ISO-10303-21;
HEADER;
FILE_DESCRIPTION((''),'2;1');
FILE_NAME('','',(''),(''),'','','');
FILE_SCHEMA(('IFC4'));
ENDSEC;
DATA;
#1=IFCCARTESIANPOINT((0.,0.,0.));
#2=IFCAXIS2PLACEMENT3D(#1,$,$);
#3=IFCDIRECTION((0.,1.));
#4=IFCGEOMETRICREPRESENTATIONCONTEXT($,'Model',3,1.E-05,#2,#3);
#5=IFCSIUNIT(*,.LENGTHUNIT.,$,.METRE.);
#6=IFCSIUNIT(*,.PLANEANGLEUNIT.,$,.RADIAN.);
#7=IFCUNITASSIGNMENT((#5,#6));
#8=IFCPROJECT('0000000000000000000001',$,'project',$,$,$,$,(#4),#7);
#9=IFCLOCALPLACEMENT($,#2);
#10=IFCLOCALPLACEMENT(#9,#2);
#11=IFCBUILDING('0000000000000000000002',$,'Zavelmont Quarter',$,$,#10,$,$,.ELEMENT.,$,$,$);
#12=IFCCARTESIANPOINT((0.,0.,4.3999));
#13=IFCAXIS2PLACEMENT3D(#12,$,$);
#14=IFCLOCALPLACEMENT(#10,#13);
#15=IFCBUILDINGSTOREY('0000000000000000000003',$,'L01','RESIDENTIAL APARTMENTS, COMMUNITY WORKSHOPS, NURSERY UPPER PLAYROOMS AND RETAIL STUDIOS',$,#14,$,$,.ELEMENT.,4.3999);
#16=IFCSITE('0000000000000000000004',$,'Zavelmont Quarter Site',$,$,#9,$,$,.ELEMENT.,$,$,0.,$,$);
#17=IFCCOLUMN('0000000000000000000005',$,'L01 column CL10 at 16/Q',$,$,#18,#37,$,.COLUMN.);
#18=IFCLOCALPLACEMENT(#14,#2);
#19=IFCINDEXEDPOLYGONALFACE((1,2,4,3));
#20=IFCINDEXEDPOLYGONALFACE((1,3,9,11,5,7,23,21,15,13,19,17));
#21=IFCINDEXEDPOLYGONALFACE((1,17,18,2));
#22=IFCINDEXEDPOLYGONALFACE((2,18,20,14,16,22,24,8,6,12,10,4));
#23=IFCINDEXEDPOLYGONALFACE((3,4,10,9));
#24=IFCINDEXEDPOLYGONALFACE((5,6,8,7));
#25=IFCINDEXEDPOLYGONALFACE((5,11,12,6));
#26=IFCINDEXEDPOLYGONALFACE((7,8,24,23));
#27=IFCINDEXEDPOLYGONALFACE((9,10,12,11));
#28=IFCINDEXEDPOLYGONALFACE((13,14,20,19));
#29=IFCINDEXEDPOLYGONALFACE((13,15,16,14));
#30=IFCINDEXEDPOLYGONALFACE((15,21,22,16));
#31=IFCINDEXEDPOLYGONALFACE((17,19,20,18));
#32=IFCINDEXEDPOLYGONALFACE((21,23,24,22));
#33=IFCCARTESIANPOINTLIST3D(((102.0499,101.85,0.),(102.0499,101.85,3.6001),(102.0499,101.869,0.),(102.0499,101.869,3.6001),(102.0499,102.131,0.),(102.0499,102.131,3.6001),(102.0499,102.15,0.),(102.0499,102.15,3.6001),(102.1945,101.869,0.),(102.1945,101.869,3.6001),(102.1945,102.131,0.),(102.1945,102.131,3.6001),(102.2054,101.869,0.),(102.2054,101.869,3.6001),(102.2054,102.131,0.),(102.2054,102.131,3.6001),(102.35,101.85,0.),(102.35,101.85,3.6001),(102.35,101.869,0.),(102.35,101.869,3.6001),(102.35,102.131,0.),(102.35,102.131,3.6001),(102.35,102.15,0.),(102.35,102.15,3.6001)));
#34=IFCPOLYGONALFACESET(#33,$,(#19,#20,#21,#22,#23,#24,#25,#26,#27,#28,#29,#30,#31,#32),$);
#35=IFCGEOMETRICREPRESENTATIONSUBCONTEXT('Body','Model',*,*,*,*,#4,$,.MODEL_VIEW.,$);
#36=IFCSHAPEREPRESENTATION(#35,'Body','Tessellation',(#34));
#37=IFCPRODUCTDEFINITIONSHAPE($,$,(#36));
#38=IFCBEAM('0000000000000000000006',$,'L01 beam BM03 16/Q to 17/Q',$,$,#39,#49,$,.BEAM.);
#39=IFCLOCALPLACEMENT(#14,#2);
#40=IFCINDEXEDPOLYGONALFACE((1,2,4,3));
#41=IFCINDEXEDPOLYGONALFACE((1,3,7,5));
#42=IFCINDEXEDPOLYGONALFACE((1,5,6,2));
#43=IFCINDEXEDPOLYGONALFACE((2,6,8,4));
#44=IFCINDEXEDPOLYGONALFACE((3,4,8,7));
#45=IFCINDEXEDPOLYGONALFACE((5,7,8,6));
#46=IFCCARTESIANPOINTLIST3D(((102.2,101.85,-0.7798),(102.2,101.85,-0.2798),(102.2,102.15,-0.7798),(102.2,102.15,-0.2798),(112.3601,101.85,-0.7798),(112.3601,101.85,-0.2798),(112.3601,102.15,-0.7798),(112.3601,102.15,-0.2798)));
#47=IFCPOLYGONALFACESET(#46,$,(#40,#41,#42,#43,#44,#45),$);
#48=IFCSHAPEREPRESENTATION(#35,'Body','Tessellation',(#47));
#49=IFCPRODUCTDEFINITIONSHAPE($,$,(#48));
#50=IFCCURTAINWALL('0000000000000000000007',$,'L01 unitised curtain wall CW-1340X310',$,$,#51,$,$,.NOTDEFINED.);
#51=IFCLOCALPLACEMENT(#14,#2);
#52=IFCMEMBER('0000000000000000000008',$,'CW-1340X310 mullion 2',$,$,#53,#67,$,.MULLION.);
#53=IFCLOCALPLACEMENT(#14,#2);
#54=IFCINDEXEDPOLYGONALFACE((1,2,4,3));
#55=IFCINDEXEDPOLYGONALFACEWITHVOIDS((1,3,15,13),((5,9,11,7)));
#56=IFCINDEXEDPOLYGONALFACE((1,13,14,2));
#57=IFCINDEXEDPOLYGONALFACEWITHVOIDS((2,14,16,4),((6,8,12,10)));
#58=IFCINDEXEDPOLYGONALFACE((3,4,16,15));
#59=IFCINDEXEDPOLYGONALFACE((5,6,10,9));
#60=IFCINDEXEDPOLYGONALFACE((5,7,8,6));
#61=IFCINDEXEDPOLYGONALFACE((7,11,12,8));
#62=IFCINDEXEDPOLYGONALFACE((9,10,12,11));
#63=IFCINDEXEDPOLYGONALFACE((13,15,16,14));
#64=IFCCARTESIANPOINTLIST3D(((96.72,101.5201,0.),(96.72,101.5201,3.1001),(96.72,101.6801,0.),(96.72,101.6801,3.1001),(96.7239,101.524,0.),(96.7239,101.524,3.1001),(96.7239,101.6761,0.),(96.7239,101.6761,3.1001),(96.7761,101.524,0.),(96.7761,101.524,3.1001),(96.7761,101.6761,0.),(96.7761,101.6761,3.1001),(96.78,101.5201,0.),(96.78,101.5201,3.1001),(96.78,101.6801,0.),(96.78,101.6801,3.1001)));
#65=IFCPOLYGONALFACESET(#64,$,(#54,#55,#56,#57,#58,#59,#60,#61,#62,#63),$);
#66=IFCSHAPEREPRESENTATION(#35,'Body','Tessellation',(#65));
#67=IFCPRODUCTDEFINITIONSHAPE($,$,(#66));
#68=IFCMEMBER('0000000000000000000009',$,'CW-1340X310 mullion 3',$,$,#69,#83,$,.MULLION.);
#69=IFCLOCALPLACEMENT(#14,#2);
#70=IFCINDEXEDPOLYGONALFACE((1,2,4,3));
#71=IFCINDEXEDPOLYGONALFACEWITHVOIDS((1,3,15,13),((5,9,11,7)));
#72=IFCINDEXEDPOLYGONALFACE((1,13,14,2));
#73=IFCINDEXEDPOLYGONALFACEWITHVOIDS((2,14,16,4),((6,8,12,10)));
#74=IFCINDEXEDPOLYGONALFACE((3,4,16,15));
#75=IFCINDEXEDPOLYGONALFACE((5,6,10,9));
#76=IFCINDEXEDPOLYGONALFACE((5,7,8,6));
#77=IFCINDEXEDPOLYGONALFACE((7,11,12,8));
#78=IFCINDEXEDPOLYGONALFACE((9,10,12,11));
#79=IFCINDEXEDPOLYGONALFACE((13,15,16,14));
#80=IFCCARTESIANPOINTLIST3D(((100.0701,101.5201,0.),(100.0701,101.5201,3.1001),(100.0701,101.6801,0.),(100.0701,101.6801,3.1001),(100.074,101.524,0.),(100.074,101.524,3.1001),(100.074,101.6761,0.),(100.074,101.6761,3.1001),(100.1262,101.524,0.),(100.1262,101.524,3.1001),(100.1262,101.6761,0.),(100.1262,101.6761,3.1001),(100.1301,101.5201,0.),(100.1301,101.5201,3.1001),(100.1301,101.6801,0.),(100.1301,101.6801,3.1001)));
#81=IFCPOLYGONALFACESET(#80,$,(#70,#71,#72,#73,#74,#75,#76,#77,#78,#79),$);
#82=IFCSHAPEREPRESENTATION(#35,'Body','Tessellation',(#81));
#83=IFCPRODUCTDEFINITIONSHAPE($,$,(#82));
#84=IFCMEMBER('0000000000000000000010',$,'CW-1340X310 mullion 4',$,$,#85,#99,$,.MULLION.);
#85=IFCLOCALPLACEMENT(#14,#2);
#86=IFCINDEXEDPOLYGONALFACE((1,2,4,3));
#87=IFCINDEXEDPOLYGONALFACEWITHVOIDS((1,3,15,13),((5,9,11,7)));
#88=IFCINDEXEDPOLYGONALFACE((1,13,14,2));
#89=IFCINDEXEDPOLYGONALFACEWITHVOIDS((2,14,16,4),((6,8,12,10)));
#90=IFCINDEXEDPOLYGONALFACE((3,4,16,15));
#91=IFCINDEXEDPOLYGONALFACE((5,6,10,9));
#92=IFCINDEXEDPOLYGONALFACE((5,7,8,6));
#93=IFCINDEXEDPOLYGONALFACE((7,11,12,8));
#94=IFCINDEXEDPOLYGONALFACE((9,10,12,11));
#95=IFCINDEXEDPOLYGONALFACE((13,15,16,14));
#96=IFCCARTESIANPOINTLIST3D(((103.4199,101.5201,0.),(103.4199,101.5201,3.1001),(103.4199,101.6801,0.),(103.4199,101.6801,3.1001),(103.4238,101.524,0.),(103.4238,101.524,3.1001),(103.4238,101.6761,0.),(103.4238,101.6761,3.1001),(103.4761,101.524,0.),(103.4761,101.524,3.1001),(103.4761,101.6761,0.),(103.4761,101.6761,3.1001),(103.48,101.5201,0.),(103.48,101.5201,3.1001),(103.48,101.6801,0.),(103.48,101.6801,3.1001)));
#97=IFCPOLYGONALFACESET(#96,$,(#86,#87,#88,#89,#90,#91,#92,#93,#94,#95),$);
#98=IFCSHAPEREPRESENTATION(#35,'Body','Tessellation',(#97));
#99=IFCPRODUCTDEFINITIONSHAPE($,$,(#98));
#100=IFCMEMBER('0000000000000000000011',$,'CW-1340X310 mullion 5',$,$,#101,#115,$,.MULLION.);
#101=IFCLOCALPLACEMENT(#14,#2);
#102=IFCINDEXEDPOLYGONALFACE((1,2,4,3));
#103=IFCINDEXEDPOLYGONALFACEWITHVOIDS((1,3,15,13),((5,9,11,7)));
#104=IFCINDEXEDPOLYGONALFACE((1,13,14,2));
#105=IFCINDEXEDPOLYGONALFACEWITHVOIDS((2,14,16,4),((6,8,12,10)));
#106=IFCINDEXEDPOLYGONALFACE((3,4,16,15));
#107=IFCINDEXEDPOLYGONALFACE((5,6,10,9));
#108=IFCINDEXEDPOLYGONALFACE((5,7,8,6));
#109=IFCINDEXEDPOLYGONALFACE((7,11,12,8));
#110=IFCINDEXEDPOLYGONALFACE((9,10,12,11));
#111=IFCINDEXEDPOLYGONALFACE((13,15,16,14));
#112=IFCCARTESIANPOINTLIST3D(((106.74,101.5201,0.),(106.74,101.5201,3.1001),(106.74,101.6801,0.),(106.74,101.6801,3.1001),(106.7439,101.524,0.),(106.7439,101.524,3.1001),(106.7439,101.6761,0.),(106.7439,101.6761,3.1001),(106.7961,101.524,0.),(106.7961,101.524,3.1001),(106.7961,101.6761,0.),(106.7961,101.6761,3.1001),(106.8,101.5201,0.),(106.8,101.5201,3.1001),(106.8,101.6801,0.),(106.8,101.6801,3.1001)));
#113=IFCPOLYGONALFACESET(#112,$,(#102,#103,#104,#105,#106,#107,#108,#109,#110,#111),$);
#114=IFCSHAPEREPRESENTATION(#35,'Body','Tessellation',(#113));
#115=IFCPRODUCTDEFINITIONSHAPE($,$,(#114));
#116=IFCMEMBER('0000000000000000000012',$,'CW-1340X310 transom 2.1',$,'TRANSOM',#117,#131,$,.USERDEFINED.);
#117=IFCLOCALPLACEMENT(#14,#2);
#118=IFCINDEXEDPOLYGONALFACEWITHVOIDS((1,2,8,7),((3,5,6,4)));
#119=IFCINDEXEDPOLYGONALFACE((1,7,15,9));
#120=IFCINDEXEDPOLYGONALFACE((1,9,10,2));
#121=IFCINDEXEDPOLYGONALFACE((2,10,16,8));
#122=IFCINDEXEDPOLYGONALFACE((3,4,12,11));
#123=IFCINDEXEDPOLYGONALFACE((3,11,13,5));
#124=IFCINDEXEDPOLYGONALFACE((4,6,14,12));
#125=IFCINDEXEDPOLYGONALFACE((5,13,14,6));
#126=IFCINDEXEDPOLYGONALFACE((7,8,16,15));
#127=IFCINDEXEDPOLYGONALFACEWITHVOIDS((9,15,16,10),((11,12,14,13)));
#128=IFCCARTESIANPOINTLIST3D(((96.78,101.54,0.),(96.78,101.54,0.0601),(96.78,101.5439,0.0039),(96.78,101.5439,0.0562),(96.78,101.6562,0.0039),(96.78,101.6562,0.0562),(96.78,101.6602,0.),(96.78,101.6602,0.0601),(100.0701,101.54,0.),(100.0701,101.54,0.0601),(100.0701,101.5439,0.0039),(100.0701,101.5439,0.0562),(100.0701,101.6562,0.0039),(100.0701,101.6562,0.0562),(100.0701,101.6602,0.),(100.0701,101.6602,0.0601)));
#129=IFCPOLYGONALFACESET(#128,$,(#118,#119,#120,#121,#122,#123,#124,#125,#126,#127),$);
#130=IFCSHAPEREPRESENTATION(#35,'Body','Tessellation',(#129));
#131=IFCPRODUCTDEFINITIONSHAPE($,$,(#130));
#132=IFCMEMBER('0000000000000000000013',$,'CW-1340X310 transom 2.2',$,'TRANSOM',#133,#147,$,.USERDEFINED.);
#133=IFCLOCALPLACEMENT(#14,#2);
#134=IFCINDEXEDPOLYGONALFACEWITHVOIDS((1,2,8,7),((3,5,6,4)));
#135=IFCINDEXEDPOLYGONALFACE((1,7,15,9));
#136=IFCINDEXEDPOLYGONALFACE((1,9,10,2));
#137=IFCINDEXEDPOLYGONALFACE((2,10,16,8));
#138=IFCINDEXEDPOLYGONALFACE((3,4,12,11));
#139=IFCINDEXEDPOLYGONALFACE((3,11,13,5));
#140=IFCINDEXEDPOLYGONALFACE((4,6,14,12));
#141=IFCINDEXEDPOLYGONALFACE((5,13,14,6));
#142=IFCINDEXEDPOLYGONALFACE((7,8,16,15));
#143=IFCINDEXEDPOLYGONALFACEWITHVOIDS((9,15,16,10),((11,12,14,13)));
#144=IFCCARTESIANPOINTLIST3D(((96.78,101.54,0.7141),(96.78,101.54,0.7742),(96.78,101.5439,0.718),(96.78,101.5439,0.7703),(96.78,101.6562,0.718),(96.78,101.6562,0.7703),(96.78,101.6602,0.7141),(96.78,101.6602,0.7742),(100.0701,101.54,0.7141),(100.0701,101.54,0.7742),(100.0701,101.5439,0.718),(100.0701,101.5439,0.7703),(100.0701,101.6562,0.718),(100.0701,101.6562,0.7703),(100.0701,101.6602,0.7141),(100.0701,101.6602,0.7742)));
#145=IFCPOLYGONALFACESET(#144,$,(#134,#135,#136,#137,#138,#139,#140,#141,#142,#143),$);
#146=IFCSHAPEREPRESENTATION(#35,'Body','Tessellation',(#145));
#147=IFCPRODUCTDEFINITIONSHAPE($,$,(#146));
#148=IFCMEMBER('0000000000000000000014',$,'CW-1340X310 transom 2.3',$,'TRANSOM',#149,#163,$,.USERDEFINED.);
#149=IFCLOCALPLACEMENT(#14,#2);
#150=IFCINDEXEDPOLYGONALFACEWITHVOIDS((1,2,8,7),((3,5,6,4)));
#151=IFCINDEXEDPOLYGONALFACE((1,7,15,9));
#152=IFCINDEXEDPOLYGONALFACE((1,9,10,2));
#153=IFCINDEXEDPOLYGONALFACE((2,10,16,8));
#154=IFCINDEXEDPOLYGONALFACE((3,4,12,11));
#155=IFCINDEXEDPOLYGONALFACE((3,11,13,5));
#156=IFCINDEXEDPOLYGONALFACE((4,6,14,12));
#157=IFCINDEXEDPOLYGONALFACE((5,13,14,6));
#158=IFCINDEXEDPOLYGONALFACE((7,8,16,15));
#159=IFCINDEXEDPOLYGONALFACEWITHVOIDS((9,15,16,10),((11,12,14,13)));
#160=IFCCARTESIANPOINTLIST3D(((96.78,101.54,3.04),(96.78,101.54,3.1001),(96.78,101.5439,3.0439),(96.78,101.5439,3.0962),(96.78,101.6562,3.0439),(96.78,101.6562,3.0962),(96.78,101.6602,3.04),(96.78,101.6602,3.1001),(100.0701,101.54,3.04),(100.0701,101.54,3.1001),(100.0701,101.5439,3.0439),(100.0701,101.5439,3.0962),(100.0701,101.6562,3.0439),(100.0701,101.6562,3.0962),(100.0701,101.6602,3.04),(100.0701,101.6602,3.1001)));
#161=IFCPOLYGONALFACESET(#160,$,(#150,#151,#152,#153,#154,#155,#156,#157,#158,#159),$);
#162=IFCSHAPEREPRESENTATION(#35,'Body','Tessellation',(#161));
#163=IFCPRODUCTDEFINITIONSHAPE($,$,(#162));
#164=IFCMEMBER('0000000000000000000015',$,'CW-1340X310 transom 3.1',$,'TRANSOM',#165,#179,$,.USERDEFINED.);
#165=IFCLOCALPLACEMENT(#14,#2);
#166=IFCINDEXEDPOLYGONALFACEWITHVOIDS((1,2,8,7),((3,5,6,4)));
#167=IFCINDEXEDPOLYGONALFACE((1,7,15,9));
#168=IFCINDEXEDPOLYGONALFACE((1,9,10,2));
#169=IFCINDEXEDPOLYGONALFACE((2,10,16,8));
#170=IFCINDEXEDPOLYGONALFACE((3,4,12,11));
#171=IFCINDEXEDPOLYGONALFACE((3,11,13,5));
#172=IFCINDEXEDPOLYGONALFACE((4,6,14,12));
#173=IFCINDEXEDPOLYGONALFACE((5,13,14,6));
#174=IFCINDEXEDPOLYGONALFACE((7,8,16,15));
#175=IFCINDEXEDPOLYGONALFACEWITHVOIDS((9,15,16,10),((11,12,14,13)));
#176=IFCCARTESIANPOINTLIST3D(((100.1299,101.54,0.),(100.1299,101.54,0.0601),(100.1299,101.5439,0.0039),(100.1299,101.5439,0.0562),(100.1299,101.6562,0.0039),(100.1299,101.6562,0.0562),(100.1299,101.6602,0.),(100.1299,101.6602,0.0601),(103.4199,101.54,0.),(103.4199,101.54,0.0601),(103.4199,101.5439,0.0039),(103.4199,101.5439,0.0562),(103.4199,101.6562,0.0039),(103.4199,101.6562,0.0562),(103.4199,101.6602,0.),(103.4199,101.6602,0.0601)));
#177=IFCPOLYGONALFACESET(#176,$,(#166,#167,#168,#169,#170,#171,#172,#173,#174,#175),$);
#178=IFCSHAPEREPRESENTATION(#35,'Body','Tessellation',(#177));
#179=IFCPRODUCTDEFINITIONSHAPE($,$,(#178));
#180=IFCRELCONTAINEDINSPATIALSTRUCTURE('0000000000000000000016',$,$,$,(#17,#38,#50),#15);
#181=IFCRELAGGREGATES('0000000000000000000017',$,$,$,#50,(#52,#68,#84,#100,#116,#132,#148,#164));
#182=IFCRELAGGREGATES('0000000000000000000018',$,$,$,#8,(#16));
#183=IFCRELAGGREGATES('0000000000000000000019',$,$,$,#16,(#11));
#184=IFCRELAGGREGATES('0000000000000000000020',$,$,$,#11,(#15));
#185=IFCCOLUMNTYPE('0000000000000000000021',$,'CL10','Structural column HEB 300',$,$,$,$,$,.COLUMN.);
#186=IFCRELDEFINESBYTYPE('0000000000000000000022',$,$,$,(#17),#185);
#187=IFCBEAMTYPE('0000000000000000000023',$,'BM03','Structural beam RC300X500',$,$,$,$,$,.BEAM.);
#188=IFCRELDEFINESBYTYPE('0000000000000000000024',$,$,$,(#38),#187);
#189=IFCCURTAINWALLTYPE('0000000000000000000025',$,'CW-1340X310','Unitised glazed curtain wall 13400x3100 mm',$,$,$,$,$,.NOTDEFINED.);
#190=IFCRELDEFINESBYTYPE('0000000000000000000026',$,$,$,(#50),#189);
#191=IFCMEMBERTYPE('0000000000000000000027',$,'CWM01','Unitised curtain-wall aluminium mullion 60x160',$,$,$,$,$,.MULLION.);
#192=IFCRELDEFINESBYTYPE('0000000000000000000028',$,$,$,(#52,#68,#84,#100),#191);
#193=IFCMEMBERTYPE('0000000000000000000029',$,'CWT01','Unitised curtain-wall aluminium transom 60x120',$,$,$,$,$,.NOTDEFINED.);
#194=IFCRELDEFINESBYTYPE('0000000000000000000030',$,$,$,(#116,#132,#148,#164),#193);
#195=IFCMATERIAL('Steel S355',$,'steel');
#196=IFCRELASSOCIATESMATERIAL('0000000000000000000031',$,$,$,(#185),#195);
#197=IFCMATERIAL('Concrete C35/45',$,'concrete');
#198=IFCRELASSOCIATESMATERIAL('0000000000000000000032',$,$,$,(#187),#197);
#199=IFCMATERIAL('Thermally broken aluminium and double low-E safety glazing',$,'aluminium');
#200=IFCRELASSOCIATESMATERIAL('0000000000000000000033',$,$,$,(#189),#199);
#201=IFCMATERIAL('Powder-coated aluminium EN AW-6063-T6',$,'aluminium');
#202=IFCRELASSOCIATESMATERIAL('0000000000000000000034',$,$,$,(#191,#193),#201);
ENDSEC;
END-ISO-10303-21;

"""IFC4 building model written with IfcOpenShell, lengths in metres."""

from ifc_helpers import new_model, si_unit, direction, frame, origin, origin_2d, place, context, subcontext, project, spatial, rectangle, hollow_rectangle, i_section, extrude, material, material_profile, profile_set, type_object, element, aggregate, save


model = new_model("IFC4")

# Units and contexts
model_context = context("Model", 3, precision=1e-05, world=origin(), true_north=direction((0.0, 1.0)))
body_context = subcontext(model_context, "Body", "Model", "MODEL_VIEW")
ifc_project = project(units=[si_unit("LENGTHUNIT", "METRE"), si_unit("PLANEANGLEUNIT", "RADIAN")], contexts=[model_context])

# Site, building, storey
site_placement = place(None, origin())
site = spatial("IfcSite", under=ifc_project, at=site_placement, Name="Zavelmont Quarter Site", CompositionType="ELEMENT", RefElevation=0.0)
building_placement = place(site_placement, origin())
building = spatial("IfcBuilding", under=site, at=building_placement, Name="Zavelmont Quarter", CompositionType="ELEMENT")
storey_placement = place(building_placement, frame((0.0, 0.0, 4.3999)))
storey = spatial("IfcBuildingStorey", under=building, at=storey_placement, Name="L01", Description="RESIDENTIAL APARTMENTS, COMMUNITY WORKSHOPS, NURSERY UPPER PLAYROOMS AND RETAIL STUDIOS", CompositionType="ELEMENT", Elevation=4.3999)

# Column
ifc_material_1 = material(Name="Steel S355", Category="steel")
ifc_material_profile_1 = material_profile(ifc_material_1, i_section(OverallWidth=0.3, OverallDepth=0.3, WebThickness=0.011, FlangeThickness=0.019, at=origin_2d()), Name="HEB 300")
ifc_profile_set_1 = profile_set([ifc_material_profile_1], Name="Steel S355")
column_type = type_object("IfcColumnType", Name="CL10", Description="Structural column HEB 300", PredefinedType="COLUMN", material=ifc_profile_set_1)
column_placement = place(storey_placement, frame((102.2, 102.0, 0.0), z_axis=(0.0, 0.0, 1.0), x_axis=(1.0, 0.0, 0.0)))
element("IfcColumn", 1, at=column_placement, inside=storey, type_object=column_type, Name="L01 column CL10 at 16/Q", PredefinedType="COLUMN", context=body_context, shape_type="SweptSolid", body=[
    extrude(i_section(OverallWidth=0.3, OverallDepth=0.3, WebThickness=0.011, FlangeThickness=0.019, at=origin_2d()), origin(), (0.0, 0.0, 1.0), 3.6001),
])

# Beam
ifc_material_2 = material(Name="Concrete C35/45", Category="concrete")
ifc_material_profile_2 = material_profile(ifc_material_2, rectangle(XDim=0.3, YDim=0.5, at=origin_2d()), Name="RC300X500")
ifc_profile_set_2 = profile_set([ifc_material_profile_2], Name="Concrete C35/45")
beam_type = type_object("IfcBeamType", Name="BM03", Description="Structural beam RC300X500", PredefinedType="BEAM", material=ifc_profile_set_2)
beam_placement = place(storey_placement, frame((102.2, 102.0, -0.5298), z_axis=(1.0, 0.0, 0.0), x_axis=(0.0, 1.0, 0.0)))
element("IfcBeam", 2, at=beam_placement, inside=storey, type_object=beam_type, Name="L01 beam BM03 16/Q to 17/Q", PredefinedType="BEAM", context=body_context, shape_type="SweptSolid", body=[
    extrude(rectangle(XDim=0.3, YDim=0.5, at=origin_2d()), origin(), (0.0, 0.0, 1.0), 10.1602),
])

# Curtain wall, members
ifc_material_3 = material(Name="Thermally broken aluminium and double low-E safety glazing", Category="aluminium")
curtain_wall_type = type_object("IfcCurtainWallType", Name="CW-1340X310", Description="Unitised glazed curtain wall 13400x3100 mm", PredefinedType="NOTDEFINED", material=ifc_material_3)
curtain_wall_placement = place(storey_placement, origin())
curtain_wall = element("IfcCurtainWall", 3, at=curtain_wall_placement, inside=storey, type_object=curtain_wall_type, Name="L01 unitised curtain wall CW-1340X310", PredefinedType="NOTDEFINED")
ifc_material_4 = material(Name="Powder-coated aluminium EN AW-6063-T6", Category="aluminium")
ifc_material_profile_3 = material_profile(ifc_material_4, hollow_rectangle(XDim=0.0601, YDim=0.1599, WallThickness=0.0039, at=origin_2d()), Name="CWM60X160")
ifc_profile_set_3 = profile_set([ifc_material_profile_3], Name="Powder-coated aluminium EN AW-6063-T6")
member_type_1 = type_object("IfcMemberType", Name="CWM01", Description="Unitised curtain-wall aluminium mullion 60x160", PredefinedType="MULLION", material=ifc_profile_set_3)
member_1_placement = place(storey_placement, frame((96.75, 101.6001, 0.0), z_axis=(0.0, 0.0, 1.0), x_axis=(1.0, 0.0, 0.0)))
member_1 = element("IfcMember", 4, at=member_1_placement, type_object=member_type_1, Name="CW-1340X310 mullion 2", PredefinedType="MULLION", context=body_context, shape_type="SweptSolid", body=[
    extrude(hollow_rectangle(XDim=0.0601, YDim=0.1599, WallThickness=0.0039, at=origin_2d()), origin(), (0.0, 0.0, 1.0), 3.1001),
])
member_2_placement = place(storey_placement, frame((100.1001, 101.6001, 0.0), z_axis=(0.0, 0.0, 1.0), x_axis=(1.0, 0.0, 0.0)))
member_2 = element("IfcMember", 5, at=member_2_placement, type_object=member_type_1, Name="CW-1340X310 mullion 3", PredefinedType="MULLION", context=body_context, shape_type="SweptSolid", body=[
    extrude(hollow_rectangle(XDim=0.0601, YDim=0.1599, WallThickness=0.0039, at=origin_2d()), origin(), (0.0, 0.0, 1.0), 3.1001),
])
member_3_placement = place(storey_placement, frame((103.45, 101.6001, 0.0), z_axis=(0.0, 0.0, 1.0), x_axis=(1.0, 0.0, 0.0)))
member_3 = element("IfcMember", 6, at=member_3_placement, type_object=member_type_1, Name="CW-1340X310 mullion 4", PredefinedType="MULLION", context=body_context, shape_type="SweptSolid", body=[
    extrude(hollow_rectangle(XDim=0.0601, YDim=0.1599, WallThickness=0.0039, at=origin_2d()), origin(), (0.0, 0.0, 1.0), 3.1001),
])
member_4_placement = place(storey_placement, frame((106.77, 101.6001, 0.0), z_axis=(0.0, 0.0, 1.0), x_axis=(1.0, 0.0, 0.0)))
member_4 = element("IfcMember", 7, at=member_4_placement, type_object=member_type_1, Name="CW-1340X310 mullion 5", PredefinedType="MULLION", context=body_context, shape_type="SweptSolid", body=[
    extrude(hollow_rectangle(XDim=0.0601, YDim=0.1599, WallThickness=0.0039, at=origin_2d()), origin(), (0.0, 0.0, 1.0), 3.1001),
])
ifc_material_profile_4 = material_profile(ifc_material_4, hollow_rectangle(XDim=0.1201, YDim=0.0601, WallThickness=0.0039, at=origin_2d()), Name="CWT60X120")
ifc_profile_set_4 = profile_set([ifc_material_profile_4], Name="Powder-coated aluminium EN AW-6063-T6")
member_type_2 = type_object("IfcMemberType", Name="CWT01", Description="Unitised curtain-wall aluminium transom 60x120", PredefinedType="NOTDEFINED", material=ifc_profile_set_4)
member_5_placement = place(storey_placement, frame((96.78, 101.6001, 0.03), z_axis=(1.0, 0.0, 0.0), x_axis=(0.0, 1.0, 0.0)))
member_5 = element("IfcMember", 8, at=member_5_placement, type_object=member_type_2, Name="CW-1340X310 transom 2.1", ObjectType="TRANSOM", PredefinedType="USERDEFINED", context=body_context, shape_type="SweptSolid", body=[
    extrude(hollow_rectangle(XDim=0.1201, YDim=0.0601, WallThickness=0.0039, at=origin_2d()), origin(), (0.0, 0.0, 1.0), 3.29),
])
member_6_placement = place(storey_placement, frame((96.78, 101.6001, 0.7441), z_axis=(1.0, 0.0, 0.0), x_axis=(0.0, 1.0, 0.0)))
member_6 = element("IfcMember", 9, at=member_6_placement, type_object=member_type_2, Name="CW-1340X310 transom 2.2", ObjectType="TRANSOM", PredefinedType="USERDEFINED", context=body_context, shape_type="SweptSolid", body=[
    extrude(hollow_rectangle(XDim=0.1201, YDim=0.0601, WallThickness=0.0039, at=origin_2d()), origin(), (0.0, 0.0, 1.0), 3.29),
])
member_7_placement = place(storey_placement, frame((96.78, 101.6001, 3.0701), z_axis=(1.0, 0.0, 0.0), x_axis=(0.0, 1.0, 0.0)))
member_7 = element("IfcMember", 10, at=member_7_placement, type_object=member_type_2, Name="CW-1340X310 transom 2.3", ObjectType="TRANSOM", PredefinedType="USERDEFINED", context=body_context, shape_type="SweptSolid", body=[
    extrude(hollow_rectangle(XDim=0.1201, YDim=0.0601, WallThickness=0.0039, at=origin_2d()), origin(), (0.0, 0.0, 1.0), 3.29),
])
member_8_placement = place(storey_placement, frame((100.1299, 101.6001, 0.03), z_axis=(1.0, 0.0, 0.0), x_axis=(0.0, 1.0, 0.0)))
member_8 = element("IfcMember", 11, at=member_8_placement, type_object=member_type_2, Name="CW-1340X310 transom 3.1", ObjectType="TRANSOM", PredefinedType="USERDEFINED", context=body_context, shape_type="SweptSolid", body=[
    extrude(hollow_rectangle(XDim=0.1201, YDim=0.0601, WallThickness=0.0039, at=origin_2d()), origin(), (0.0, 0.0, 1.0), 3.29),
])
aggregate(curtain_wall, [member_1, member_2, member_3, member_4, member_5, member_6, member_7, member_8])

save(model, "model.ifc")
